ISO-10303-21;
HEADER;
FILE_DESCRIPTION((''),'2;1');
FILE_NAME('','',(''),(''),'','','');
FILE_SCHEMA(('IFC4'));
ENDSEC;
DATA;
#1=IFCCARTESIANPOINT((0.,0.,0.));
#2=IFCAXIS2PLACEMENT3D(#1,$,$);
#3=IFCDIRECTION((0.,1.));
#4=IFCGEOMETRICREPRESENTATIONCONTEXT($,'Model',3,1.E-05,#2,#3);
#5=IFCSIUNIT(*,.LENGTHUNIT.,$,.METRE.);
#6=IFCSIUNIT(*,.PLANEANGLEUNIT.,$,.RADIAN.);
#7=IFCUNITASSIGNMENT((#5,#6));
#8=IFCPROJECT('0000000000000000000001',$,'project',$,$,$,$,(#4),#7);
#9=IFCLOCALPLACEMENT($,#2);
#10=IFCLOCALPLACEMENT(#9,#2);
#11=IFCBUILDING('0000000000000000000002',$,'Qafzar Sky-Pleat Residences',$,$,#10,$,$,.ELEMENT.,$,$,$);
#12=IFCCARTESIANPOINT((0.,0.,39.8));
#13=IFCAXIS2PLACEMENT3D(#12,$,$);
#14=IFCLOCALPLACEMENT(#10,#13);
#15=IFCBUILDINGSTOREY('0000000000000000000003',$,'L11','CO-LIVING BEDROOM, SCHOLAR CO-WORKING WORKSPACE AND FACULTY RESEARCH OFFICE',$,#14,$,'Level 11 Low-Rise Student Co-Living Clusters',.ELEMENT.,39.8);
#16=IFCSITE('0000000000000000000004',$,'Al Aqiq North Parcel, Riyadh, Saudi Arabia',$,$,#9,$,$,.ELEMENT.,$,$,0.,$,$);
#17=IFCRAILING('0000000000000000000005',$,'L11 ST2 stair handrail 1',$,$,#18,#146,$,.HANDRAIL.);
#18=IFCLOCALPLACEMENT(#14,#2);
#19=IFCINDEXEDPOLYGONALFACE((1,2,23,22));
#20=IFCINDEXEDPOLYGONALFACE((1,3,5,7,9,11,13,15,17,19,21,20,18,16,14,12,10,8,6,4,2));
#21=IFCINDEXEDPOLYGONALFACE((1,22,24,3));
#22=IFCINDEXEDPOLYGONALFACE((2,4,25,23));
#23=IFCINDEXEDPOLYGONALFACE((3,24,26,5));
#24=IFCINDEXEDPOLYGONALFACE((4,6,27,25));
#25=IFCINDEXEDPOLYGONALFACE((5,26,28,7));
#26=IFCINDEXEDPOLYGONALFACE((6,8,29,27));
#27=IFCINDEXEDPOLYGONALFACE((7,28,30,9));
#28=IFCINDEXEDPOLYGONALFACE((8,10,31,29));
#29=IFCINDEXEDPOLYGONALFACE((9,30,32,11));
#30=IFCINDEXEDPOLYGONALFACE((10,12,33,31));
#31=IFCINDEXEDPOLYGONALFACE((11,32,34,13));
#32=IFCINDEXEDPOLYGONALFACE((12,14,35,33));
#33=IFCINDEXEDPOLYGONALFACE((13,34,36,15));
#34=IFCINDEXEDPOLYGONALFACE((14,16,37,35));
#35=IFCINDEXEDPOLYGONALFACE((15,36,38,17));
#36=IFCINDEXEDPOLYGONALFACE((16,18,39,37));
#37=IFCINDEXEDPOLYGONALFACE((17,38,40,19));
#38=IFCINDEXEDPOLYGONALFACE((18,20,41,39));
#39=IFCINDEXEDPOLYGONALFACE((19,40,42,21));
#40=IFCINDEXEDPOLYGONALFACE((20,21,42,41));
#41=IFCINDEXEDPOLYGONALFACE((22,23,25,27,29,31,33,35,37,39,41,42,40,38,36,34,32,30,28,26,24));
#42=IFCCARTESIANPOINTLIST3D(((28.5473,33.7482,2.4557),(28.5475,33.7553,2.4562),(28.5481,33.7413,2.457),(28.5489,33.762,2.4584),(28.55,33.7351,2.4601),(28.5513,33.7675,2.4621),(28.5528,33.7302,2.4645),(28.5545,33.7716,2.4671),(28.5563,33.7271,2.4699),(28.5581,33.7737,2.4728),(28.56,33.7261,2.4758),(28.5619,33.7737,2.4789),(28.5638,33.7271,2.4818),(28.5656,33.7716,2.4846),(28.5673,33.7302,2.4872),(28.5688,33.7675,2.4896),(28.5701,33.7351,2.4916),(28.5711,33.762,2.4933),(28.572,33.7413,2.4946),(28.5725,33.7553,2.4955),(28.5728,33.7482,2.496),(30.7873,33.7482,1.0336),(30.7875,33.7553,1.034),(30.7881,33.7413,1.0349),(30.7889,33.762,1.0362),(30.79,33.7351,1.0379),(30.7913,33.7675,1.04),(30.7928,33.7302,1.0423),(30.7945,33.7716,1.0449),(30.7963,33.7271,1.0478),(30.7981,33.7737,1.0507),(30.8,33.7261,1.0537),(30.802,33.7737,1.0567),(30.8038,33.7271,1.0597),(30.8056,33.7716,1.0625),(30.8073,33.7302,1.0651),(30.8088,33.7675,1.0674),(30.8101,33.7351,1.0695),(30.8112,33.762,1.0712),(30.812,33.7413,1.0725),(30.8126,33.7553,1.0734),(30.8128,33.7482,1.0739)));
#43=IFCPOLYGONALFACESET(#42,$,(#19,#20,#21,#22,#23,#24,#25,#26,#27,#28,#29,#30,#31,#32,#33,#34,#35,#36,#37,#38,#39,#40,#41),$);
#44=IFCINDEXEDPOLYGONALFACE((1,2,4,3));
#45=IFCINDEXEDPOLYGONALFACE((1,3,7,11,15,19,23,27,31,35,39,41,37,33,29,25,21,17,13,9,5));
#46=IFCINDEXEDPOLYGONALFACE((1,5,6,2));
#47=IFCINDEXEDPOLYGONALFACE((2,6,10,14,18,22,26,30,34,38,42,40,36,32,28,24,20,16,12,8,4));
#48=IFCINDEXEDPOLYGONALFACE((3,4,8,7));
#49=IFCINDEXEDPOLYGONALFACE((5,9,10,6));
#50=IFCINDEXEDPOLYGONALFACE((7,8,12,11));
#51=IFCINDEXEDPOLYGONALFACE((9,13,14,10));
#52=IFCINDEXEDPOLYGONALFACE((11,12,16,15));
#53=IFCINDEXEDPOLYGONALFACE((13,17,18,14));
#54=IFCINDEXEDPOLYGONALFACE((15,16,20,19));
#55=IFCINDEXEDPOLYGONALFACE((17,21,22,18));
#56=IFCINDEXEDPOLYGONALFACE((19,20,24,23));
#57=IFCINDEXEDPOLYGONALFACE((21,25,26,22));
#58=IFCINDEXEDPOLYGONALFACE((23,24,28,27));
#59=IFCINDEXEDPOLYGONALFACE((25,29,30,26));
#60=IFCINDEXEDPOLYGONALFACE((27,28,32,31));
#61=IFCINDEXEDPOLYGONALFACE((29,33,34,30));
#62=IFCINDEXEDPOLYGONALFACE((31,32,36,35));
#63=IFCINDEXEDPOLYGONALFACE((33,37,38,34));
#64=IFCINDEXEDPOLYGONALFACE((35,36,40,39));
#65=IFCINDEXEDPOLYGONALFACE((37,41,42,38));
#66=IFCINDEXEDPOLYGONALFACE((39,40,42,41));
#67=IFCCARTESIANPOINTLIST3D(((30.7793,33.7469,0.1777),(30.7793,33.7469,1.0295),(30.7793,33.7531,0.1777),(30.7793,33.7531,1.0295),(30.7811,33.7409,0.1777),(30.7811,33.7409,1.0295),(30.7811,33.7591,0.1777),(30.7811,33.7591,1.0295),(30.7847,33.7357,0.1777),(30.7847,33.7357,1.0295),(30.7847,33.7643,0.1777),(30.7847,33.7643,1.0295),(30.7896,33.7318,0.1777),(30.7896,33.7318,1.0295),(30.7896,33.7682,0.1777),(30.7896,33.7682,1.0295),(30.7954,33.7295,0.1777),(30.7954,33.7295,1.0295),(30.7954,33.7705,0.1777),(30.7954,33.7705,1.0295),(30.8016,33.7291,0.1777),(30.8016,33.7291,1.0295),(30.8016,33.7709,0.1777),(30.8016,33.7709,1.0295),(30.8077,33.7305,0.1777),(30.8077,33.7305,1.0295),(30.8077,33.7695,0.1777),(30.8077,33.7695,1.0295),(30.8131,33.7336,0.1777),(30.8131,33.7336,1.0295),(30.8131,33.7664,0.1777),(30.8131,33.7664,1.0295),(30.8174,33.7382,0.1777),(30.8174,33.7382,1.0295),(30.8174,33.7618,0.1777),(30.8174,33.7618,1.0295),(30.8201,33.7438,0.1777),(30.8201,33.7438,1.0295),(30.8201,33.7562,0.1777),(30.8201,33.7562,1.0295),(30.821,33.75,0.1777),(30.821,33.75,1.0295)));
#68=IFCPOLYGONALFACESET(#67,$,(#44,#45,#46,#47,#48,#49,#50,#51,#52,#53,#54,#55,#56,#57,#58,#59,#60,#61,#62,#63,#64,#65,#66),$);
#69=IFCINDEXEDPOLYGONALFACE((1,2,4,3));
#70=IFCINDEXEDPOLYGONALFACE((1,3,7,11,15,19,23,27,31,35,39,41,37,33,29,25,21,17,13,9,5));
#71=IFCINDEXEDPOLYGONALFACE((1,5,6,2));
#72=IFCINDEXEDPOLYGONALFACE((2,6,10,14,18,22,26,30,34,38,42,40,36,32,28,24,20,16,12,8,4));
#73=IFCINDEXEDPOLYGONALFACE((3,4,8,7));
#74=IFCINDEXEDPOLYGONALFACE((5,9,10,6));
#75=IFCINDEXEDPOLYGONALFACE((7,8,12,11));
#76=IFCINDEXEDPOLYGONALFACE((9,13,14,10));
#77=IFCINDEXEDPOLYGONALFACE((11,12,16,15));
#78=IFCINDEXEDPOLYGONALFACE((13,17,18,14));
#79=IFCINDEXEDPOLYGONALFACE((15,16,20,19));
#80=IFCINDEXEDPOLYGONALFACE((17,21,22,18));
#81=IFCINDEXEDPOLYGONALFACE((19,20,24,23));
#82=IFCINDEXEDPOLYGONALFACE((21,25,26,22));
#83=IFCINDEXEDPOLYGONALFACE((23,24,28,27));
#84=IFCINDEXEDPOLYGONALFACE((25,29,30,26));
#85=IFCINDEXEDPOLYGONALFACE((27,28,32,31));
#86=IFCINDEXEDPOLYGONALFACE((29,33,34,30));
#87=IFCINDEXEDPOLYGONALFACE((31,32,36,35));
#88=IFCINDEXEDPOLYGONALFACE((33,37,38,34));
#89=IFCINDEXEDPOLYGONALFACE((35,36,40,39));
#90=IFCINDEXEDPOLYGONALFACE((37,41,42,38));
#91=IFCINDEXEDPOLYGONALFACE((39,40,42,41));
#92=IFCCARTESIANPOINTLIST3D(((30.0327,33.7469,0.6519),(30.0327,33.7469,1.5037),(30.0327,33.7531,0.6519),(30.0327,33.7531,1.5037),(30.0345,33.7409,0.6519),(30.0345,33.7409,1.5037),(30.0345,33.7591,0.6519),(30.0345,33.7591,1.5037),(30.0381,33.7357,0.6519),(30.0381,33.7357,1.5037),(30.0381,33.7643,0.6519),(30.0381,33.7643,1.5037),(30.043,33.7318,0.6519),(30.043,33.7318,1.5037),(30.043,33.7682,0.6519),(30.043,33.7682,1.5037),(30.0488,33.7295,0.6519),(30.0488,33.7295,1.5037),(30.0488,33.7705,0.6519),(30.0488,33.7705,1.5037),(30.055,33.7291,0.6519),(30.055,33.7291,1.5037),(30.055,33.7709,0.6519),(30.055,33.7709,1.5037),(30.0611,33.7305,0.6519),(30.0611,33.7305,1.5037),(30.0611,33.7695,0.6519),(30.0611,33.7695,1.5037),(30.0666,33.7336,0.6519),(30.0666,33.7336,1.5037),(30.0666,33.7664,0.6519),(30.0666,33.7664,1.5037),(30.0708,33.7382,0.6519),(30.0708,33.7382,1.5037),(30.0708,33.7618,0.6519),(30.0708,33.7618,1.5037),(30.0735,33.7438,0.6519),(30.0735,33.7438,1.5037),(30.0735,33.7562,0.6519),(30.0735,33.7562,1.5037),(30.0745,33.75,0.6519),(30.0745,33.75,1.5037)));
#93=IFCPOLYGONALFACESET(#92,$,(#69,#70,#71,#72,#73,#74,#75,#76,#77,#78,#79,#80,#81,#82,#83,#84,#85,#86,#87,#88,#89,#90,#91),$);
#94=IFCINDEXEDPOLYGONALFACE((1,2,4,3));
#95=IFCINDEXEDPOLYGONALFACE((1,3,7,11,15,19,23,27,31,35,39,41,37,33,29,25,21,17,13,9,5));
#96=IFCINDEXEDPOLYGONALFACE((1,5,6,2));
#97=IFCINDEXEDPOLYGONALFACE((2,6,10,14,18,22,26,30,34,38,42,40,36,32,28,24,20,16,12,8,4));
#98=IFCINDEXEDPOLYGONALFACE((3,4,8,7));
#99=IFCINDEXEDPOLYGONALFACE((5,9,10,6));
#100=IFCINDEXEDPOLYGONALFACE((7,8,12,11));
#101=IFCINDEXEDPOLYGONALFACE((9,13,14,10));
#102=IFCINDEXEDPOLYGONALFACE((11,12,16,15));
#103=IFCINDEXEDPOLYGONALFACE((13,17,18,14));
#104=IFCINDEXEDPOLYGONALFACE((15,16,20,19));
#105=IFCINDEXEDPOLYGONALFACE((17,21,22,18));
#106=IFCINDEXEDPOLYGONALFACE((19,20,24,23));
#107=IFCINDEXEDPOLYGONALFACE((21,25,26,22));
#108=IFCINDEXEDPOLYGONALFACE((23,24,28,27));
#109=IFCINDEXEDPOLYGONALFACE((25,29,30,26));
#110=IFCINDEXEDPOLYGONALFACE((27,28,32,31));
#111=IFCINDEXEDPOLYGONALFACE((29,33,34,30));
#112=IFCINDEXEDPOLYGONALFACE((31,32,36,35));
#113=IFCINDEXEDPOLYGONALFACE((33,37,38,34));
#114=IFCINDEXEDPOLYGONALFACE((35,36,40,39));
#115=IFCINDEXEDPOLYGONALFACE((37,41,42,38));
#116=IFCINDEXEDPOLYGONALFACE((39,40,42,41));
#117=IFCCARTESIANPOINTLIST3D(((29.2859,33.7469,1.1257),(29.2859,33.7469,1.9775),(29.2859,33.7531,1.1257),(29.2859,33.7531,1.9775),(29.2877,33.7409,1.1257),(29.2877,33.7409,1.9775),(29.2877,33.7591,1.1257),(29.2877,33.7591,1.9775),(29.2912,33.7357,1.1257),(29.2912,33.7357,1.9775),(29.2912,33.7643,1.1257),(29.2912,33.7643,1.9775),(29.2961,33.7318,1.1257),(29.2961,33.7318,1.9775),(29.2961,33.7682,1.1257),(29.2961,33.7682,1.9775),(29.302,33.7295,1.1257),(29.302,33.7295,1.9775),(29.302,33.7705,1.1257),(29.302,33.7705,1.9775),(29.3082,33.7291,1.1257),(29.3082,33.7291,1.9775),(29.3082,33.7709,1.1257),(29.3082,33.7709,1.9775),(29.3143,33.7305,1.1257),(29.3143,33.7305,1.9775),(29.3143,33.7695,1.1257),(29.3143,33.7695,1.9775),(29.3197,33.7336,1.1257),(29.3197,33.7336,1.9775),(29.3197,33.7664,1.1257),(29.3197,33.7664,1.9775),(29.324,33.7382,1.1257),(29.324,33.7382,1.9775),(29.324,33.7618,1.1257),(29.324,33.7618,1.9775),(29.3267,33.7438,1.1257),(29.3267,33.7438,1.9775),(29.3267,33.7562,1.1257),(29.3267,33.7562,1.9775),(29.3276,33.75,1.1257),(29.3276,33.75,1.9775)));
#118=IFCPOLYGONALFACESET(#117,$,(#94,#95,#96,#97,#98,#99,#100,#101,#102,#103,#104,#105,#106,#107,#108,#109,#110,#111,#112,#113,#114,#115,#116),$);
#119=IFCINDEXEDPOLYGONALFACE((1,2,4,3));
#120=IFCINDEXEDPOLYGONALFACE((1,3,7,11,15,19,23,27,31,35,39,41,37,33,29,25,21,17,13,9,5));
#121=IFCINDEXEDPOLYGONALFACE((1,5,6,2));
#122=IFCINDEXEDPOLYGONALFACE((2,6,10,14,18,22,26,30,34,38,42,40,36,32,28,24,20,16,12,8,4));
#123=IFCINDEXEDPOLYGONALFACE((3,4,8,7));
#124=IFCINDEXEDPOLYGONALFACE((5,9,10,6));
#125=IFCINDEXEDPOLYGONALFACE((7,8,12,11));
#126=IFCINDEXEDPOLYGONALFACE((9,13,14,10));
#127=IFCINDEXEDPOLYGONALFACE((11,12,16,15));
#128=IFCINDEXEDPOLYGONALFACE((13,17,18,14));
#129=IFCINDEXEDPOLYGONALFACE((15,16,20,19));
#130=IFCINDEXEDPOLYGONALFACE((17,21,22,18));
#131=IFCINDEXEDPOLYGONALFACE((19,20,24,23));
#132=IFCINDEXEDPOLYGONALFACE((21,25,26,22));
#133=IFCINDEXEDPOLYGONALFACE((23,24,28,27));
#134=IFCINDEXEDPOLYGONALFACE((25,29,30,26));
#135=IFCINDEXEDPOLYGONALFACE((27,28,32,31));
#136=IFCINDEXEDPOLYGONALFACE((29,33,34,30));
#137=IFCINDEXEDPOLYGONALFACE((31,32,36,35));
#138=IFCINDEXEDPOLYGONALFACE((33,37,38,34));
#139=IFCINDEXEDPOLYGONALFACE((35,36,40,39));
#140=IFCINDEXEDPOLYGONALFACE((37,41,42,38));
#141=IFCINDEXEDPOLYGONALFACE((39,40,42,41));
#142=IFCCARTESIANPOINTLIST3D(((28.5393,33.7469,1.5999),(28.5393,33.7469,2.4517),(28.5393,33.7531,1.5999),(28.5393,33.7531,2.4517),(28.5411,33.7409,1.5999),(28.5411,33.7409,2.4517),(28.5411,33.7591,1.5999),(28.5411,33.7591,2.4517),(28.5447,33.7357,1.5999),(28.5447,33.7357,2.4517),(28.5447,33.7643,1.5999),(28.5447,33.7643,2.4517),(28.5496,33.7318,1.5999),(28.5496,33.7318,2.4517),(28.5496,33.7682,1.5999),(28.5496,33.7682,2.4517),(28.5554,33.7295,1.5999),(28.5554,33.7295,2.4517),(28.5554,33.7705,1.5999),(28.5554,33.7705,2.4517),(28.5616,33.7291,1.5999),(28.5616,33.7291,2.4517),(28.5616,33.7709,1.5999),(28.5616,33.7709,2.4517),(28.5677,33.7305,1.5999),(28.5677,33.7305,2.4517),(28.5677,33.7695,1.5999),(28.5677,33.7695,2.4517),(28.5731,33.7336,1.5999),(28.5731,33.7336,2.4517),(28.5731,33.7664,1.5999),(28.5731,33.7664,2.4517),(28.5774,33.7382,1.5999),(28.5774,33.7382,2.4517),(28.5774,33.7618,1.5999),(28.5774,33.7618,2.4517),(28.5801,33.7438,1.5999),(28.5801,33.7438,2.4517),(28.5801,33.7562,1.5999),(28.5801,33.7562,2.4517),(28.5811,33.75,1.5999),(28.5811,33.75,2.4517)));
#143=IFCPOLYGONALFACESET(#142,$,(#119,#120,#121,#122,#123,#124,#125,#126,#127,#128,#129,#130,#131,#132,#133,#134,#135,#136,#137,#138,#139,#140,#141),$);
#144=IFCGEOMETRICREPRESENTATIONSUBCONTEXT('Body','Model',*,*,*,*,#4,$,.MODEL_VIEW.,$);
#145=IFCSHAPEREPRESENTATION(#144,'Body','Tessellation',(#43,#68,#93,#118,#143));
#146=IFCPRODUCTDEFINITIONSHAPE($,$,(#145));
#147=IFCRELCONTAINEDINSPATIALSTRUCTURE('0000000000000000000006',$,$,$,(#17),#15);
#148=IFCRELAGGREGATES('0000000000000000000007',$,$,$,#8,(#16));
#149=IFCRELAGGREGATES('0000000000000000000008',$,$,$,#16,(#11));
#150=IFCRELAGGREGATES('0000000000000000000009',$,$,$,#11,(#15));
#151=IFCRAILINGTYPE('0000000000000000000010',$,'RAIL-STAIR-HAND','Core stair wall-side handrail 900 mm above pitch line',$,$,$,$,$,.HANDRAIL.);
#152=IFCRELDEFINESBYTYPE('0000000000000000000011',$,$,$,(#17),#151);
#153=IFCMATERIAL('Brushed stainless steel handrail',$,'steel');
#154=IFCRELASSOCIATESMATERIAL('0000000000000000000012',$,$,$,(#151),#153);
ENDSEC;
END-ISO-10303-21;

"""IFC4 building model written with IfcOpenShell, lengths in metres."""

from ifc_helpers import new_model, si_unit, direction, frame, origin, origin_2d, place, context, subcontext, project, spatial, circle, extrude, source, transform, mapped, material, type_object, element, save


model = new_model("IFC4")

# Units and contexts
model_context = context("Model", 3, precision=1e-05, world=origin(), true_north=direction((0.0, 1.0)))
body_context = subcontext(model_context, "Body", "Model", "MODEL_VIEW")
ifc_project = project(units=[si_unit("LENGTHUNIT", "METRE"), si_unit("PLANEANGLEUNIT", "RADIAN")], contexts=[model_context])

# Site, building, storey
site_placement = place(None, origin())
site = spatial("IfcSite", under=ifc_project, at=site_placement, Name="Al Aqiq North Parcel, Riyadh, Saudi Arabia", CompositionType="ELEMENT", RefElevation=0.0)
building_placement = place(site_placement, origin())
building = spatial("IfcBuilding", under=site, at=building_placement, Name="Qafzar Sky-Pleat Residences", CompositionType="ELEMENT")
storey_placement = place(building_placement, frame((0.0, 0.0, 39.8)))
storey = spatial("IfcBuildingStorey", under=building, at=storey_placement, Name="L11", Description="CO-LIVING BEDROOM, SCHOLAR CO-WORKING WORKSPACE AND FACULTY RESEARCH OFFICE", LongName="Level 11 Low-Rise Student Co-Living Clusters", CompositionType="ELEMENT", Elevation=39.8)

# Railing
ifc_material_1 = material(Name="Brushed stainless steel handrail", Category="steel")
railing_type_1 = type_object("IfcRailingType", Name="RAIL-STAIR-HAND", Description="Core stair wall-side handrail 900 mm above pitch line", PredefinedType="HANDRAIL", material=ifc_material_1)
shared_shape_1 = source(origin(), body_context, "Body", "SweptSolid", [
    extrude(circle(Radius=0.0239, at=origin_2d()), frame((0.0, 0.0, 0.876), z_axis=(-0.844229, 0.0, 0.535982), x_axis=(0.0, -1.0, 0.0)), (0.0, 0.0, 1.0), 2.6533),
    extrude(circle(Radius=0.021, at=origin_2d()), origin(), (0.0, 0.0, 1.0), 0.8518),
    extrude(circle(Radius=0.021, at=origin_2d()), frame((-0.7466, 0.0, 0.4741)), (0.0, 0.0, 1.0), 0.8518),
    extrude(circle(Radius=0.021, at=origin_2d()), frame((-1.4934, 0.0, 0.948)), (0.0, 0.0, 1.0), 0.8518),
    extrude(circle(Radius=0.021, at=origin_2d()), frame((-2.24, 0.0, 1.4221)), (0.0, 0.0, 1.0), 0.8518),
])
railing_1_placement = place(storey_placement, frame((30.8, 33.75, 0.1777)))
element("IfcRailing", 1, at=railing_1_placement, inside=storey, type_object=railing_type_1, Name="L11 ST2 stair handrail 1", PredefinedType="HANDRAIL", context=body_context, shape_type="MappedRepresentation", body=[
    mapped(shared_shape_1, transform((0.0, 0.0, 0.0), x_axis=(1.0, 0.0, 0.0), y_axis=(0.0, 1.0, 0.0), z_axis=(0.0, 0.0, 1.0), scale=1.0)),
])

save(model, "model.ifc")
